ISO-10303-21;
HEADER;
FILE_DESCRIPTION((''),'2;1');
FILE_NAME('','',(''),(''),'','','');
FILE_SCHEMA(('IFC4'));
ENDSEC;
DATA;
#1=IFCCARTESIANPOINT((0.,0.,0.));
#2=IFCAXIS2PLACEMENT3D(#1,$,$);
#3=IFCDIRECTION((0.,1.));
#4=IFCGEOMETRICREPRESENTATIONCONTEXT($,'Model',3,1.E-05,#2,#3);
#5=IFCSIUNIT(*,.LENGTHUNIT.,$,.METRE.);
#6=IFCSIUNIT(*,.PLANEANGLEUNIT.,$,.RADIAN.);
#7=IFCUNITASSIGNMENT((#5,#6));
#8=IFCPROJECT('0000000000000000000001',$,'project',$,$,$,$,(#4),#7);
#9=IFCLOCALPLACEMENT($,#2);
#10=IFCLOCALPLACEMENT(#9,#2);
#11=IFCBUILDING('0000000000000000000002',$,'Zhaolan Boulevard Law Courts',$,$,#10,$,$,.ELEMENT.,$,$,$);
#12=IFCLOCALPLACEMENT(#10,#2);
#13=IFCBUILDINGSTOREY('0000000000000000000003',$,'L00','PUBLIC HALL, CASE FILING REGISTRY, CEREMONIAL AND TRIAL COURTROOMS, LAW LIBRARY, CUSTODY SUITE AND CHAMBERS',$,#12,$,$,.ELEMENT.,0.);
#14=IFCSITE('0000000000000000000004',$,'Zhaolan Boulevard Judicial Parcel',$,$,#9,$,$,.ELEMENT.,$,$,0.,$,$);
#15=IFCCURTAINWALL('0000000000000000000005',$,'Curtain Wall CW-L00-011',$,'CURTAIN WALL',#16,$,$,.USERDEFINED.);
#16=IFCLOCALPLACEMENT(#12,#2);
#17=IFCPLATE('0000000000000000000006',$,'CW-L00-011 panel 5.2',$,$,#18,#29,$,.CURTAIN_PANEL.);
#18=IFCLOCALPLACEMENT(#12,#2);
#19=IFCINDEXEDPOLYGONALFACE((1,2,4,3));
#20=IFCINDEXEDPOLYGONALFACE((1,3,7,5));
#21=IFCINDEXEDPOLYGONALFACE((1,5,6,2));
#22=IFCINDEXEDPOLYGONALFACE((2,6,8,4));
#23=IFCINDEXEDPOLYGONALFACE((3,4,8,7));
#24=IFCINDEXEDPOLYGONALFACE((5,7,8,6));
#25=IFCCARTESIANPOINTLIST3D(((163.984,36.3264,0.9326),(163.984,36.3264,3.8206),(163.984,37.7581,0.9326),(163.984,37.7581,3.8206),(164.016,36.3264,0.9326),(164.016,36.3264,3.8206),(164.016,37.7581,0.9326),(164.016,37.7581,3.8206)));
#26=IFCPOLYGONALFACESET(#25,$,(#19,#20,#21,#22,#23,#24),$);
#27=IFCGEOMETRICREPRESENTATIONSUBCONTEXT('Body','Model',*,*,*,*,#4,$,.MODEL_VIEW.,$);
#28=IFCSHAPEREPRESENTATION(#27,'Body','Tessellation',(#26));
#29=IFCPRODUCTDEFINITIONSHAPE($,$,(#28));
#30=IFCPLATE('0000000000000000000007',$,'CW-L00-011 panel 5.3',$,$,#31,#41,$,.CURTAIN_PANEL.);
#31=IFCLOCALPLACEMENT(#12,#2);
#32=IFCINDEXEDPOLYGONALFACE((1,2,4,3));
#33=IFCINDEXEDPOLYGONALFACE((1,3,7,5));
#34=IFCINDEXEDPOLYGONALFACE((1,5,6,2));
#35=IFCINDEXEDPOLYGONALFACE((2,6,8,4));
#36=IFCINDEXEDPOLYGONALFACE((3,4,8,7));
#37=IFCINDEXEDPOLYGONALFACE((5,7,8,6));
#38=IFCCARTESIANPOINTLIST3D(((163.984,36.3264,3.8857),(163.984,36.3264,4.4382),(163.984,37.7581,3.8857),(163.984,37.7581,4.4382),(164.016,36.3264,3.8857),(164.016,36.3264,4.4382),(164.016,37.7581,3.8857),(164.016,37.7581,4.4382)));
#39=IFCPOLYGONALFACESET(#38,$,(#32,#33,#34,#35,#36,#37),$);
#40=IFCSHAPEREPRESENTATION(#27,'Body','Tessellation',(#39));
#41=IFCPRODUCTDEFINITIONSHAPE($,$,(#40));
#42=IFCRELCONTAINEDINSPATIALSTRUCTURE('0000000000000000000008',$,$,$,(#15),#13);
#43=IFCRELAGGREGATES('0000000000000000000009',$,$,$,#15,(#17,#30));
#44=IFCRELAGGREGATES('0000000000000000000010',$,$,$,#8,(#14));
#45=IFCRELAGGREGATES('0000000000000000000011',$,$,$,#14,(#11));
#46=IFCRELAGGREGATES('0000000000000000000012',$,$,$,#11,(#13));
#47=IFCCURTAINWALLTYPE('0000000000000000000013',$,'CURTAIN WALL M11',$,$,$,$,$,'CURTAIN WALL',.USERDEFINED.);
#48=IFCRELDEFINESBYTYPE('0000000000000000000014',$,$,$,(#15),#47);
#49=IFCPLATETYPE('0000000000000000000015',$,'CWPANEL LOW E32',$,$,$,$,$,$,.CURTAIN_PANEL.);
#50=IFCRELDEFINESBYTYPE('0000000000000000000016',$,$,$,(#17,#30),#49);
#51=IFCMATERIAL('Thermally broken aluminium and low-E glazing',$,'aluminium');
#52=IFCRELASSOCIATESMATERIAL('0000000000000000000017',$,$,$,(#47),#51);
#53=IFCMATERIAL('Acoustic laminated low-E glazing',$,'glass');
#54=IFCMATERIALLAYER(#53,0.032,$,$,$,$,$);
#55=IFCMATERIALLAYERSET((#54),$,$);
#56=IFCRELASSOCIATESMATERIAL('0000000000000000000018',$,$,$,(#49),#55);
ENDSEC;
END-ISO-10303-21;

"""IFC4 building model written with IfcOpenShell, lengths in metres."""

from ifc_helpers import new_model, si_unit, direction, frame, origin, origin_2d, place, context, subcontext, project, spatial, rectangle, extrude, material, layer, layer_set, type_object, element, aggregate, save


model = new_model("IFC4")

# Units and contexts
model_context = context("Model", 3, precision=1e-05, world=origin(), true_north=direction((0.0, 1.0)))
body_context = subcontext(model_context, "Body", "Model", "MODEL_VIEW")
ifc_project = project(units=[si_unit("LENGTHUNIT", "METRE"), si_unit("PLANEANGLEUNIT", "RADIAN")], contexts=[model_context])

# Site, building, storey
site_placement = place(None, origin())
site = spatial("IfcSite", under=ifc_project, at=site_placement, Name="Zhaolan Boulevard Judicial Parcel", CompositionType="ELEMENT", RefElevation=0.0)
building_placement = place(site_placement, origin())
building = spatial("IfcBuilding", under=site, at=building_placement, Name="Zhaolan Boulevard Law Courts", CompositionType="ELEMENT")
storey_placement = place(building_placement, origin())
storey = spatial("IfcBuildingStorey", under=building, at=storey_placement, Name="L00", Description="PUBLIC HALL, CASE FILING REGISTRY, CEREMONIAL AND TRIAL COURTROOMS, LAW LIBRARY, CUSTODY SUITE AND CHAMBERS", CompositionType="ELEMENT", Elevation=0.0)

# Curtain wall
ifc_material_1 = material(Name="Thermally broken aluminium and low-E glazing", Category="aluminium")
curtain_wall_type = type_object("IfcCurtainWallType", Name="CURTAIN WALL M11", ElementType="CURTAIN WALL", PredefinedType="USERDEFINED", material=ifc_material_1)
curtain_wall_placement = place(storey_placement, origin())
curtain_wall = element("IfcCurtainWall", 1, at=curtain_wall_placement, inside=storey, type_object=curtain_wall_type, Name="Curtain Wall CW-L00-011", ObjectType="CURTAIN WALL", PredefinedType="USERDEFINED")

# Plates
ifc_material_2 = material(Name="Acoustic laminated low-E glazing", Category="glass")
ifc_layer = layer(ifc_material_2, 0.032)
ifc_layer_set = layer_set([ifc_layer])
plate_type = type_object("IfcPlateType", Name="CWPANEL LOW E32", PredefinedType="CURTAIN_PANEL", material=ifc_layer_set)
plate_1_placement = place(storey_placement, frame((164.0, 37.0422, 0.9326), z_axis=(0.0, 0.0, 1.0), x_axis=(0.0, 1.0, 0.0)))
plate_1 = element("IfcPlate", 2, at=plate_1_placement, type_object=plate_type, Name="CW-L00-011 panel 5.2", PredefinedType="CURTAIN_PANEL", context=body_context, shape_type="SweptSolid", body=[
    extrude(rectangle(XDim=1.4316, YDim=0.032, at=origin_2d()), origin(), (0.0, 0.0, 1.0), 2.8879),
])
plate_2_placement = place(storey_placement, frame((164.0, 37.0422, 3.8857), z_axis=(0.0, 0.0, 1.0), x_axis=(0.0, 1.0, 0.0)))
plate_2 = element("IfcPlate", 3, at=plate_2_placement, type_object=plate_type, Name="CW-L00-011 panel 5.3", PredefinedType="CURTAIN_PANEL", context=body_context, shape_type="SweptSolid", body=[
    extrude(rectangle(XDim=1.4316, YDim=0.032, at=origin_2d()), origin(), (0.0, 0.0, 1.0), 0.5525),
])
aggregate(curtain_wall, [plate_1, plate_2])

save(model, "model.ifc")
